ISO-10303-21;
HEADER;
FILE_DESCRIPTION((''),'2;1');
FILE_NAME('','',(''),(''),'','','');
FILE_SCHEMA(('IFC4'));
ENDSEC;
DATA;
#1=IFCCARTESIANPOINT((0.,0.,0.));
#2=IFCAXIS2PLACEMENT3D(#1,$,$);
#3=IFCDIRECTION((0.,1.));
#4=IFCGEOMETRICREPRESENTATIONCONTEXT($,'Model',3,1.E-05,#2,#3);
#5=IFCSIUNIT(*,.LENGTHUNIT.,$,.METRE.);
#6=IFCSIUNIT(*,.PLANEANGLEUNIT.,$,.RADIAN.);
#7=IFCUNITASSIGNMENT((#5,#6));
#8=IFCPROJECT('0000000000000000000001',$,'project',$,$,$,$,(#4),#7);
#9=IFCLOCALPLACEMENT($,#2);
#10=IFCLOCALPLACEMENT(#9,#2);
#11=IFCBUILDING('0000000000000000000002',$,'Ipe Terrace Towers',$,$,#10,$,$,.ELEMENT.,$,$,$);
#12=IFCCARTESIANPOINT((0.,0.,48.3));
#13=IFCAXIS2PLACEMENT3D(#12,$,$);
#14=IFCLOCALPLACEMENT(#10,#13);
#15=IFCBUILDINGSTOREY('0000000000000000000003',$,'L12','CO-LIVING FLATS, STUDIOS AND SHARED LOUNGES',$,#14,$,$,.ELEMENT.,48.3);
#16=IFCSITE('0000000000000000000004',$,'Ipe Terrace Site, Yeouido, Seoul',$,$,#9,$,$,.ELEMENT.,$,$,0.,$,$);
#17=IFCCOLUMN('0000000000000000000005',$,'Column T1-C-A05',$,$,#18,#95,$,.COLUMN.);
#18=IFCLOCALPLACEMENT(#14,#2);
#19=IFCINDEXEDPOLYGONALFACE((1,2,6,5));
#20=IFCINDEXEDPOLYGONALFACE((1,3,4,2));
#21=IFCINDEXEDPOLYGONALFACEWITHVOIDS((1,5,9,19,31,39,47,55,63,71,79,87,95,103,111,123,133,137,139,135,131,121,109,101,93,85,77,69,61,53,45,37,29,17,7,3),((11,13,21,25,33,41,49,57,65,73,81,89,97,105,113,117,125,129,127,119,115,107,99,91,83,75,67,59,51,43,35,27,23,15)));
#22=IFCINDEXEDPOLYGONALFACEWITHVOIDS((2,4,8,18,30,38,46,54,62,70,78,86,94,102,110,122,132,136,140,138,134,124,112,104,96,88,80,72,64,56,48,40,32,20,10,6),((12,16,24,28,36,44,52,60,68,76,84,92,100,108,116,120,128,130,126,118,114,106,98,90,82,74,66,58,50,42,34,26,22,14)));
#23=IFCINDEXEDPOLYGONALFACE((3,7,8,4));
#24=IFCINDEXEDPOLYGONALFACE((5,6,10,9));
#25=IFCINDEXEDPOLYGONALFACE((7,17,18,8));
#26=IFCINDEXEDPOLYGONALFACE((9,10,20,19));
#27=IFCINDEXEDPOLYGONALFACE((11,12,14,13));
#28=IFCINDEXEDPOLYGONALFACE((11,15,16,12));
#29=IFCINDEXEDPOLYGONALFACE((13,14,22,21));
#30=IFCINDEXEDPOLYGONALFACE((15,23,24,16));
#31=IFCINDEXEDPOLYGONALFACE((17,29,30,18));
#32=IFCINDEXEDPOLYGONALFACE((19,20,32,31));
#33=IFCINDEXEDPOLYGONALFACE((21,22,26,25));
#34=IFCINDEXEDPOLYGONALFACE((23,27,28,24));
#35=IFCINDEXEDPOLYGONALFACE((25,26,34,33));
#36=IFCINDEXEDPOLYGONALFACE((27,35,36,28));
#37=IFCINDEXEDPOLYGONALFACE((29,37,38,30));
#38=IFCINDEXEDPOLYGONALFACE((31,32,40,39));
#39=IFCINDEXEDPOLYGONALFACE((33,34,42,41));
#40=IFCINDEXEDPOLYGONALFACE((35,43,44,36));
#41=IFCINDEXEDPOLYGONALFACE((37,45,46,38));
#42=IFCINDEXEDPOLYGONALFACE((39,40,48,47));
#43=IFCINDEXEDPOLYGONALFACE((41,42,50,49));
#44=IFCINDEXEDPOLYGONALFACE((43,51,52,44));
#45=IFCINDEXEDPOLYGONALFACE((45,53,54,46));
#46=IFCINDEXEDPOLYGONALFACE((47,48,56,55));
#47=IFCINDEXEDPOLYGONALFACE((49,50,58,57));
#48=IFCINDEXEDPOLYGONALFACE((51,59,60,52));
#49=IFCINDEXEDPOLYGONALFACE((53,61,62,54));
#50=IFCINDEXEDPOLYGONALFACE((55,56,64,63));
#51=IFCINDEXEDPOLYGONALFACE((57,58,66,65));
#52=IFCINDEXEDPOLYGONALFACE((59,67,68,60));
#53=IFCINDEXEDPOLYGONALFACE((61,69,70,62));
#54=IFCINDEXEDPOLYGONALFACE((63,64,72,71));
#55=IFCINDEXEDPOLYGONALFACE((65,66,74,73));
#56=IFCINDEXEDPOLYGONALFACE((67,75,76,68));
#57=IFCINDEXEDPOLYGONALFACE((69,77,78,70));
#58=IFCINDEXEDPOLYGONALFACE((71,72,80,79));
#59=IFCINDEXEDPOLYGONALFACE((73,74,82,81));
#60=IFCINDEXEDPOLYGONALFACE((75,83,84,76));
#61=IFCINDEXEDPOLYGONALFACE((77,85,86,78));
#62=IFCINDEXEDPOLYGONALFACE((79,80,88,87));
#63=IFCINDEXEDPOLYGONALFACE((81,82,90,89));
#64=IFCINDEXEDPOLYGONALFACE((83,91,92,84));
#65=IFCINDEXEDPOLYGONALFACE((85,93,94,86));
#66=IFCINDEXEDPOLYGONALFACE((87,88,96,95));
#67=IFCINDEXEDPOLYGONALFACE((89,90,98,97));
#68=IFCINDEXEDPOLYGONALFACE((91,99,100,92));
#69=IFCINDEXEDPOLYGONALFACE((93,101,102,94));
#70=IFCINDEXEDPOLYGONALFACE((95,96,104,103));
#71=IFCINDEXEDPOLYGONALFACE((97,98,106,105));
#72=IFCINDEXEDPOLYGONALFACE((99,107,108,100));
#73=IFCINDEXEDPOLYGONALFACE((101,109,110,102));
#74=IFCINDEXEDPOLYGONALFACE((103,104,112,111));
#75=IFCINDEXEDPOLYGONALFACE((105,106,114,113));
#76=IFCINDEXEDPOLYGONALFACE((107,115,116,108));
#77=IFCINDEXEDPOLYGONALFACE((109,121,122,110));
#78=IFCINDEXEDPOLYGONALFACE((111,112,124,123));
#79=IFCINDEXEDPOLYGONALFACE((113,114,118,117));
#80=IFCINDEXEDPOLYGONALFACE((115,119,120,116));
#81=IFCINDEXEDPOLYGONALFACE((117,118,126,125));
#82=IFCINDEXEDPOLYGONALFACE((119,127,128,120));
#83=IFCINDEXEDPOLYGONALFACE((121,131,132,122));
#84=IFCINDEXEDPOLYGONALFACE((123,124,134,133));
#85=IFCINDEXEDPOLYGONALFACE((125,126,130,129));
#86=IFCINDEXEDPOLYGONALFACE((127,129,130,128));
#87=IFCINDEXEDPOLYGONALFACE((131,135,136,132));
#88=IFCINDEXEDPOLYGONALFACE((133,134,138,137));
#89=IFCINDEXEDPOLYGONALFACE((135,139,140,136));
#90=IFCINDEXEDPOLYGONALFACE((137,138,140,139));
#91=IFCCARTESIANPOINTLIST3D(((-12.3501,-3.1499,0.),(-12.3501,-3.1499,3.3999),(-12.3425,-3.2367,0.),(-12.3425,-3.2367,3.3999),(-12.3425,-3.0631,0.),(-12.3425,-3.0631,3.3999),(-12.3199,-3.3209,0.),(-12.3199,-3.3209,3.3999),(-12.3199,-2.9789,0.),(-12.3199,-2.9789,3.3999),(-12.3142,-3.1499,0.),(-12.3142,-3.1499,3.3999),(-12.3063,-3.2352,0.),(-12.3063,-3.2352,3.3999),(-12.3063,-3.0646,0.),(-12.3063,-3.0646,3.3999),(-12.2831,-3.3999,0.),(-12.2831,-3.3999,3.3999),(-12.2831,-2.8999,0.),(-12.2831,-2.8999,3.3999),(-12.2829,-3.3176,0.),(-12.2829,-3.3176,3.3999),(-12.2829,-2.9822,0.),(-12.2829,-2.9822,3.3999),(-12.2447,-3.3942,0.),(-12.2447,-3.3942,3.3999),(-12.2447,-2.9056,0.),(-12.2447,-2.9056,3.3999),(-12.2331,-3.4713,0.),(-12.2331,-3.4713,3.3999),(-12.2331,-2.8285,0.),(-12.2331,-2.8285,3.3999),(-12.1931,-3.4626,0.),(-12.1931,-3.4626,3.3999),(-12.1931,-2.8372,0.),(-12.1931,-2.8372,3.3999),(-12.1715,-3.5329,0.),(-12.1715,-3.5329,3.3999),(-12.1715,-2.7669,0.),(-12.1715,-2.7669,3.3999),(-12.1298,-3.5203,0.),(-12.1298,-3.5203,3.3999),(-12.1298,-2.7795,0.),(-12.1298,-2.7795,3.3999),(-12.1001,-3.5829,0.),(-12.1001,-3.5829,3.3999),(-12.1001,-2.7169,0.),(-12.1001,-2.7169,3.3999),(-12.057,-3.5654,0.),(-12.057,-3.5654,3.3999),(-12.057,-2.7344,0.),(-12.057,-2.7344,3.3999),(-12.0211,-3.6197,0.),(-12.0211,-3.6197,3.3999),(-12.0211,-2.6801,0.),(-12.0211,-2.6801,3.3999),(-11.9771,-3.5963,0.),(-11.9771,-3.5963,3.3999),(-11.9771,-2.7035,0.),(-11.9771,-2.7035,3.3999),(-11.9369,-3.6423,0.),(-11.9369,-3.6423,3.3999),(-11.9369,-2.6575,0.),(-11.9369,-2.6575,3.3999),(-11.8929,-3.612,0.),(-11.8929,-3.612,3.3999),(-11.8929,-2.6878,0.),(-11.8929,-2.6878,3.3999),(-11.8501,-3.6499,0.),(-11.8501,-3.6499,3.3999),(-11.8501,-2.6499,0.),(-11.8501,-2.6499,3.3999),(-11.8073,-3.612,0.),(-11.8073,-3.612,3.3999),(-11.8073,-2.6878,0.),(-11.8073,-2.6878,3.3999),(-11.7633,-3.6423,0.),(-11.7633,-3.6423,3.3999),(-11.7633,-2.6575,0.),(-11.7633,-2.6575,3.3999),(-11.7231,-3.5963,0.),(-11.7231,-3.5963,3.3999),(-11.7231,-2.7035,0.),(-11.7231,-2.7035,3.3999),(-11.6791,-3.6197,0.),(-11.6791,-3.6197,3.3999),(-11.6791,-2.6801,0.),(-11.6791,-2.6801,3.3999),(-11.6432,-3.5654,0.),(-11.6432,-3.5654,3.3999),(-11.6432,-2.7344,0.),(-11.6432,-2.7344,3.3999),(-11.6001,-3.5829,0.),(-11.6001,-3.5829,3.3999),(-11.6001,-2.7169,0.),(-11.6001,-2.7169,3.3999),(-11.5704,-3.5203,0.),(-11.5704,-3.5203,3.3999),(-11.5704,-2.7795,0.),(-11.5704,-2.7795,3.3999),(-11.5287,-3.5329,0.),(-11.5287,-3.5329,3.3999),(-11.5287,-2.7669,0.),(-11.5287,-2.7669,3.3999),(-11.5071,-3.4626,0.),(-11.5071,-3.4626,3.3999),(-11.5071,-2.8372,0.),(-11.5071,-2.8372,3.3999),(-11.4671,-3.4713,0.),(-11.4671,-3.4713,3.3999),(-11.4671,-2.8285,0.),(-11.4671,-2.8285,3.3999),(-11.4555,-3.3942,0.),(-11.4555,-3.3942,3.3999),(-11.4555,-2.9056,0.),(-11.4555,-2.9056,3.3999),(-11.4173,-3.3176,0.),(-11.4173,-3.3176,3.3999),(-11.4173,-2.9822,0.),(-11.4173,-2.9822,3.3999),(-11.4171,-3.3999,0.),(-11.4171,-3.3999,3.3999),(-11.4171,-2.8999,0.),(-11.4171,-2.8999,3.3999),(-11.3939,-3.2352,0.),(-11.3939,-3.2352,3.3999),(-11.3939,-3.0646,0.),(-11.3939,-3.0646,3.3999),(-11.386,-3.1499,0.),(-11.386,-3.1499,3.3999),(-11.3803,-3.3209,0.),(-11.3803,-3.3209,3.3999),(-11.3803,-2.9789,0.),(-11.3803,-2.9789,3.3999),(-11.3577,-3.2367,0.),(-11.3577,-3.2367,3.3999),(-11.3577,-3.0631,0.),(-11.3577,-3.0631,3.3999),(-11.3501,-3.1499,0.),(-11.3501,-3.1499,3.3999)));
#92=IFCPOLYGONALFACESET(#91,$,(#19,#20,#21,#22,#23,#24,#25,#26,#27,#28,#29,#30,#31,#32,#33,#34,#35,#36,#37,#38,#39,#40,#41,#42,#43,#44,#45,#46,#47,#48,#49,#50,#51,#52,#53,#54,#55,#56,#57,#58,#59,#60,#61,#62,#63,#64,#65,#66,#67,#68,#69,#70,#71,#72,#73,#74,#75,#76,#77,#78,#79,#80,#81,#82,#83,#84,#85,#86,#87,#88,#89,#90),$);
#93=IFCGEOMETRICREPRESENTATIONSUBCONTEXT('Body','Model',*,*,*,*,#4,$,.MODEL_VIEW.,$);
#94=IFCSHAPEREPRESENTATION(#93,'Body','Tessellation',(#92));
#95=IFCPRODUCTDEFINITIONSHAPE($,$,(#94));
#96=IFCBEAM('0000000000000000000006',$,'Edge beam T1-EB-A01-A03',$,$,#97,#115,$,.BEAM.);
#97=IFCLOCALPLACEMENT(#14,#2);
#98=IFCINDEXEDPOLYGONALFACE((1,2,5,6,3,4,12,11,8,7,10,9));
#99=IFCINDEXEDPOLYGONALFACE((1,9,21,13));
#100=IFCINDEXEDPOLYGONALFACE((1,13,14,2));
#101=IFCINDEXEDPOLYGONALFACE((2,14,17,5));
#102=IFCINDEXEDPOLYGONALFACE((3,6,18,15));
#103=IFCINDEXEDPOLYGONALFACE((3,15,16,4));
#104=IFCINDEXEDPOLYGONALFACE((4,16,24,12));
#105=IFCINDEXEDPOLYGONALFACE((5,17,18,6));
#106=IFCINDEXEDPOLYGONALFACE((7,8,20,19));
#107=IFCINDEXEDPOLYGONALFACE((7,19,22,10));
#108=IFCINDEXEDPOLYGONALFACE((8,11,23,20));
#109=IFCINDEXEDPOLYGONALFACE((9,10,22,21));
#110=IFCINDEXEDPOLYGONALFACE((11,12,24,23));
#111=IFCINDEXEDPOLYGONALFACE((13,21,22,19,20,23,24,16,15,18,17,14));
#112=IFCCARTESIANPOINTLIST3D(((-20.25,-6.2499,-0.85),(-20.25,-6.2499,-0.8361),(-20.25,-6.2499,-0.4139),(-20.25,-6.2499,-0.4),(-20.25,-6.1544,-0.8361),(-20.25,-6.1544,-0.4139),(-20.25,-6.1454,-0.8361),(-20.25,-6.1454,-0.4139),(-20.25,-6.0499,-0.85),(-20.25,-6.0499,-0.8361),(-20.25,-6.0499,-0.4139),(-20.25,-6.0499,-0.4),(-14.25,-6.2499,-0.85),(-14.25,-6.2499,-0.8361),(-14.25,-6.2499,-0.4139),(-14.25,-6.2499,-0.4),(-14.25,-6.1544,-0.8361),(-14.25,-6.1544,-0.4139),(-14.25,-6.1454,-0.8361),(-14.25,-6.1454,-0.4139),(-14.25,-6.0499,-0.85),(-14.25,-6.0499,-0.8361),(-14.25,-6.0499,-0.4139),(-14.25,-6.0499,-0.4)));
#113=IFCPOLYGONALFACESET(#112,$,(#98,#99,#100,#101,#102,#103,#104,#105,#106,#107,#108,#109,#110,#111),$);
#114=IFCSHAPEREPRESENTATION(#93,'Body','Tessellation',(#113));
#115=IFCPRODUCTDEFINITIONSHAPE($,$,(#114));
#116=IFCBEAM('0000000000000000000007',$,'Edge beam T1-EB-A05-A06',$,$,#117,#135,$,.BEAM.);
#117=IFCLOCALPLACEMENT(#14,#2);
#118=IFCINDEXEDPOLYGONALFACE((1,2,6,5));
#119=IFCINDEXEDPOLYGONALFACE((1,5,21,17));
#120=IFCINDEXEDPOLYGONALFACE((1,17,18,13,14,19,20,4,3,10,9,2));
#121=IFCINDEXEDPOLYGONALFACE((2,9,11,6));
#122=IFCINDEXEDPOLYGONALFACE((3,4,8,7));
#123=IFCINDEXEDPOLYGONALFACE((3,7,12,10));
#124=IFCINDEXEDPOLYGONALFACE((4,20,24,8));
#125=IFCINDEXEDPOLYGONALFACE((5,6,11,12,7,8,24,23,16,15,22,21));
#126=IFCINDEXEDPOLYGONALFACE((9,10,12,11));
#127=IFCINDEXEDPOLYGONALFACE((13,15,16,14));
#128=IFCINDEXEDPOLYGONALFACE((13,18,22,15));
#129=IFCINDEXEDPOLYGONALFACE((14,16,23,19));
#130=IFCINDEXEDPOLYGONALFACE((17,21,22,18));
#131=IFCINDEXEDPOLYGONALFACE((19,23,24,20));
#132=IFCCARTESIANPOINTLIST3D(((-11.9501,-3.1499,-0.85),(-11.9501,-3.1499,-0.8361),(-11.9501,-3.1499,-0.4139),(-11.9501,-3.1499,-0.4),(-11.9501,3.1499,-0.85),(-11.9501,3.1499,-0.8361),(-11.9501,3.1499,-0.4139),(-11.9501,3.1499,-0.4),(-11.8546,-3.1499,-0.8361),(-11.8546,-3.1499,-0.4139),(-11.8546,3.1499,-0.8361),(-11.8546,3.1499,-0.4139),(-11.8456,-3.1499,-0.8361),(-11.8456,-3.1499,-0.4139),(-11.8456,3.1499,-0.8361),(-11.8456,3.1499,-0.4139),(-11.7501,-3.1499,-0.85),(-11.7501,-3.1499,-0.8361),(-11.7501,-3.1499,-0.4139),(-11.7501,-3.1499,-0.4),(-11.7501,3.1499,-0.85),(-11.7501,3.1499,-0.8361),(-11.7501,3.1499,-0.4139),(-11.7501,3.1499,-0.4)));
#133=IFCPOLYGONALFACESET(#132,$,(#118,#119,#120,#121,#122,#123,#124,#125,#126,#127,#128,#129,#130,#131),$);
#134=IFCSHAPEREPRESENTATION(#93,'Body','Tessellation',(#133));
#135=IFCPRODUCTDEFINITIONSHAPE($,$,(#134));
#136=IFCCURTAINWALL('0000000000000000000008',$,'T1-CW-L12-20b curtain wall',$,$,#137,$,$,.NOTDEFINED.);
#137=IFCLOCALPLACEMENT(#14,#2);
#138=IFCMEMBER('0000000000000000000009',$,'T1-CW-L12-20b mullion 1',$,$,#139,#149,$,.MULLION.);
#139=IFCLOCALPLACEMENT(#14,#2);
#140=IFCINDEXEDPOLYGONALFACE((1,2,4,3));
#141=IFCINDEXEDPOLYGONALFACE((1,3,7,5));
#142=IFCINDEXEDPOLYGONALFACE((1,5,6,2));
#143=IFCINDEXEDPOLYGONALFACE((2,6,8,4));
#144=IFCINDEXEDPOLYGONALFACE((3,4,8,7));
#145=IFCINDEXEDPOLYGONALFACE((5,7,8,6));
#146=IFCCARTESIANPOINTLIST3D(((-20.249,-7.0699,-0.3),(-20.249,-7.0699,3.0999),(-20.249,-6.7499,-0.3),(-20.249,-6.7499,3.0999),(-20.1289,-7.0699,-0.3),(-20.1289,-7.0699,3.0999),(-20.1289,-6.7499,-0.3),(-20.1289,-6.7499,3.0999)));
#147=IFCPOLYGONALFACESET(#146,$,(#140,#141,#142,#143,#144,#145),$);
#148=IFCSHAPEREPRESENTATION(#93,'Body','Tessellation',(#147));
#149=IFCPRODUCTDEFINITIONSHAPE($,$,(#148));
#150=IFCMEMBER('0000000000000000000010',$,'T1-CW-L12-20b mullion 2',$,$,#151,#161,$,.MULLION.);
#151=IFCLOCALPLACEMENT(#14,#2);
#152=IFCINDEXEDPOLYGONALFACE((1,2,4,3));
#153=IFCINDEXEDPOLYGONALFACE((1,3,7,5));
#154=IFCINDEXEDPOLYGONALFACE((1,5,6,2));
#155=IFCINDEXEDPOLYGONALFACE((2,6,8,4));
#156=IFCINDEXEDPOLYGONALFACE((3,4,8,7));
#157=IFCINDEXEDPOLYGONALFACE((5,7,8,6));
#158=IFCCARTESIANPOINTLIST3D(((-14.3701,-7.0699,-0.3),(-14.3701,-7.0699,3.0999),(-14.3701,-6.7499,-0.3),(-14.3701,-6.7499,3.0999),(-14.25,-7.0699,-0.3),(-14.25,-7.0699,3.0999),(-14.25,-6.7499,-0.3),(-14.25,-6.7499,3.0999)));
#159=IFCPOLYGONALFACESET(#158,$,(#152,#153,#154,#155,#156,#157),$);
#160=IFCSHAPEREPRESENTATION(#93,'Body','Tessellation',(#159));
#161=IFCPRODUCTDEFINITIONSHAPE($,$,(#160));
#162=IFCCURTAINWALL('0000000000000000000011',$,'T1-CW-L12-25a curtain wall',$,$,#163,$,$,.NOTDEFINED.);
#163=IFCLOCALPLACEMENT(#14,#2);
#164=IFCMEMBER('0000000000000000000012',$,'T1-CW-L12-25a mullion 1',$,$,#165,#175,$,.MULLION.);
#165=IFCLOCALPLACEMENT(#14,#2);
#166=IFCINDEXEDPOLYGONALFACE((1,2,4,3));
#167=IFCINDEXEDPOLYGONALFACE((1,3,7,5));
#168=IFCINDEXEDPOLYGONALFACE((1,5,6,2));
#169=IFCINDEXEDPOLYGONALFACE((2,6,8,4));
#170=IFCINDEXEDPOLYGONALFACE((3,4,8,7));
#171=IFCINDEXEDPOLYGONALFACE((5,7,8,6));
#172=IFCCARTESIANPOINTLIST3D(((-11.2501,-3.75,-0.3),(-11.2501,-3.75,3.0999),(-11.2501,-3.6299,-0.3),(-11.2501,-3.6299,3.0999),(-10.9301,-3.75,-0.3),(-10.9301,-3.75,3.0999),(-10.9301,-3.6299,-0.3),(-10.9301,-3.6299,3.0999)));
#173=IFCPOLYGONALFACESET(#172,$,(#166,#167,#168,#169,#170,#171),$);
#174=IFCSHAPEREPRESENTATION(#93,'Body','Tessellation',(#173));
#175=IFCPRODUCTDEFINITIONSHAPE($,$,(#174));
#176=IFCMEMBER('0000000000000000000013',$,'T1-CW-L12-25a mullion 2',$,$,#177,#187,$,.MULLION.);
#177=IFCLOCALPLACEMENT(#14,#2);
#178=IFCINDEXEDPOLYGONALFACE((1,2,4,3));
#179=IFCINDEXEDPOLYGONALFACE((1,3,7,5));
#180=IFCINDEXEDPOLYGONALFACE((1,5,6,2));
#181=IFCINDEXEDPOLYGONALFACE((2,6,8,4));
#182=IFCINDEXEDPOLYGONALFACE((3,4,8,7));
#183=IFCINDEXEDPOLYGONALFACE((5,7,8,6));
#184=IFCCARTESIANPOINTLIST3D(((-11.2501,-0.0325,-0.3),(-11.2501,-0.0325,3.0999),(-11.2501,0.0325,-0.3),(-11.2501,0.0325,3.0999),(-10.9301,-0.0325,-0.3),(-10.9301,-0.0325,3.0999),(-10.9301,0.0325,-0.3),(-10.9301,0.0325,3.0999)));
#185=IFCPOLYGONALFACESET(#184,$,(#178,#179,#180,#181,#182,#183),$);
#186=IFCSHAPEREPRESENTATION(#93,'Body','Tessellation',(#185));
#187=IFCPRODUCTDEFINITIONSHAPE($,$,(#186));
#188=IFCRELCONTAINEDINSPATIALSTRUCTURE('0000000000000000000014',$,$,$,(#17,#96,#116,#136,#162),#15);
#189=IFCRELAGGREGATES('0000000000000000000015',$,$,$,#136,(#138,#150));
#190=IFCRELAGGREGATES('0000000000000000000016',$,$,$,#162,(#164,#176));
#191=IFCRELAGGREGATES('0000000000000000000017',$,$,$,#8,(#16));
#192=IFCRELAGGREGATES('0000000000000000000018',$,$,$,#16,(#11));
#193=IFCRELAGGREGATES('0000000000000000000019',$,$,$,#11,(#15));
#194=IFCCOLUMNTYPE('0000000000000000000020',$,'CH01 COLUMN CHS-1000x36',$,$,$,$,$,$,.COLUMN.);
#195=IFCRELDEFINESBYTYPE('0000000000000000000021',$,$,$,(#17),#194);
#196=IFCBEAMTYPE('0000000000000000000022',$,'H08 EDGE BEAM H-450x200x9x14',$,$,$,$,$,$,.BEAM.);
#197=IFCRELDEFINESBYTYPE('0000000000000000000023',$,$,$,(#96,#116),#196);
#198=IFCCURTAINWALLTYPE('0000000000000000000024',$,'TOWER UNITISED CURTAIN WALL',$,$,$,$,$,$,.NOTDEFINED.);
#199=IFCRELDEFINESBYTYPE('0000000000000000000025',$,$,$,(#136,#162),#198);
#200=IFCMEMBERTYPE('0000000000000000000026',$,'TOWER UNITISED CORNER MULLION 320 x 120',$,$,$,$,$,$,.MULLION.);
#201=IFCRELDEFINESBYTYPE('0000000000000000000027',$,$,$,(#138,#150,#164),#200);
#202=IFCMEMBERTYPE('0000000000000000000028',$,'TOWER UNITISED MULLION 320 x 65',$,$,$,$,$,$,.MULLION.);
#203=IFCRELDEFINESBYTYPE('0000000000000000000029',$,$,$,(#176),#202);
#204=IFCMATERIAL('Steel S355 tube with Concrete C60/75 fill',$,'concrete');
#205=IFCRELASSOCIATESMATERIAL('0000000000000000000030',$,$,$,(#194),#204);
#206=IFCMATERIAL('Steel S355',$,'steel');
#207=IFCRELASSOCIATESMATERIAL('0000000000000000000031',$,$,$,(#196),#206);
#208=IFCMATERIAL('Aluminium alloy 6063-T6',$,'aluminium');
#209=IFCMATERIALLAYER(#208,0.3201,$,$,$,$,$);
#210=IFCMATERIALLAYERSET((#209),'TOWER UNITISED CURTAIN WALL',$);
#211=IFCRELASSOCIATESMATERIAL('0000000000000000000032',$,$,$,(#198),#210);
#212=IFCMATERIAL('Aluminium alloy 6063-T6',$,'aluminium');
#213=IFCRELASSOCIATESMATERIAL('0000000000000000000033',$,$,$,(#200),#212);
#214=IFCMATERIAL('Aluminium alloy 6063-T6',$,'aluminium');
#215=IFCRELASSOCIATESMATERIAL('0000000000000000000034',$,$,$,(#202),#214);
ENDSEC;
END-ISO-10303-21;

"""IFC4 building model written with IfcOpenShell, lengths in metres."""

from ifc_helpers import new_model, si_unit, direction, frame, origin, origin_2d, place, context, subcontext, project, spatial, rectangle, hollow_circle, i_section, extrude, material, layer, layer_set, material_profile, profile_set, type_object, element, aggregate, save


model = new_model("IFC4")

# Units and contexts
model_context = context("Model", 3, precision=1e-05, world=origin(), true_north=direction((0.0, 1.0)))
body_context = subcontext(model_context, "Body", "Model", "MODEL_VIEW")
ifc_project = project(units=[si_unit("LENGTHUNIT", "METRE"), si_unit("PLANEANGLEUNIT", "RADIAN")], contexts=[model_context])

# Site, building, storey
site_placement = place(None, origin())
site = spatial("IfcSite", under=ifc_project, at=site_placement, Name="Ipe Terrace Site, Yeouido, Seoul", CompositionType="ELEMENT", RefElevation=0.0)
building_placement = place(site_placement, origin())
building = spatial("IfcBuilding", under=site, at=building_placement, Name="Ipe Terrace Towers", CompositionType="ELEMENT")
storey_placement = place(building_placement, frame((0.0, 0.0, 48.3)))
storey = spatial("IfcBuildingStorey", under=building, at=storey_placement, Name="L12", Description="CO-LIVING FLATS, STUDIOS AND SHARED LOUNGES", CompositionType="ELEMENT", Elevation=48.3)

# Column
ifc_material_1 = material(Name="Steel S355 tube with Concrete C60/75 fill", Category="concrete")
ifc_material_profile_1 = material_profile(ifc_material_1, hollow_circle(Radius=0.5, WallThickness=0.0359, at=origin_2d()), Name="CHS-1000x36")
ifc_profile_set_1 = profile_set([ifc_material_profile_1], Name="Steel S355 tube with Concrete C60/75 fill")
column_type = type_object("IfcColumnType", Name="CH01 COLUMN CHS-1000x36", PredefinedType="COLUMN", material=ifc_profile_set_1)
for number, where, z_axis, x_axis, name in (
    (1, (-11.8501, -3.1499, 0.0), (0.0, 0.0, 1.0), (1.0, 0.0, 0.0), "Column T1-C-A05"),
):
    element("IfcColumn", number, at=place(storey_placement, frame(where, z_axis=z_axis, x_axis=x_axis)), inside=storey, type_object=column_type, Name=name, PredefinedType="COLUMN", context=body_context, shape_type="SweptSolid", body=[
        extrude(hollow_circle(Radius=0.5, WallThickness=0.0359, at=origin_2d()), origin(), (0.0, 0.0, 1.0), 3.3999),
    ])

# Beams
ifc_material_2 = material(Name="Steel S355", Category="steel")
ifc_material_profile_2 = material_profile(ifc_material_2, i_section(OverallWidth=0.2, OverallDepth=0.45, WebThickness=0.009, FlangeThickness=0.0139, at=origin_2d()), Name="H-450x200x9x14")
ifc_profile_set_2 = profile_set([ifc_material_profile_2], Name="Steel S355")
beam_type = type_object("IfcBeamType", Name="H08 EDGE BEAM H-450x200x9x14", PredefinedType="BEAM", material=ifc_profile_set_2)
beam_1_placement = place(storey_placement, frame((-20.25, -6.1499, -0.625), z_axis=(1.0, 0.0, 0.0), x_axis=(0.0, 1.0, 0.0)))
element("IfcBeam", 2, at=beam_1_placement, inside=storey, type_object=beam_type, Name="Edge beam T1-EB-A01-A03", PredefinedType="BEAM", context=body_context, shape_type="SweptSolid", body=[
    extrude(i_section(OverallWidth=0.2, OverallDepth=0.45, WebThickness=0.009, FlangeThickness=0.0139, at=origin_2d()), origin(), (0.0, 0.0, 1.0), 6.0),
])
beam_2_placement = place(storey_placement, frame((-11.8501, -3.1499, -0.625), z_axis=(0.0, 1.0, 0.0), x_axis=(-1.0, 0.0, 0.0)))
element("IfcBeam", 3, at=beam_2_placement, inside=storey, type_object=beam_type, Name="Edge beam T1-EB-A05-A06", PredefinedType="BEAM", context=body_context, shape_type="SweptSolid", body=[
    extrude(i_section(OverallWidth=0.2, OverallDepth=0.45, WebThickness=0.009, FlangeThickness=0.0139, at=origin_2d()), origin(), (0.0, 0.0, 1.0), 6.2998),
])

# Curtain walls, members
ifc_material_3 = material(Name="Aluminium alloy 6063-T6", Category="aluminium")
ifc_layer_1 = layer(ifc_material_3, 0.3201)
ifc_layer_set_1 = layer_set([ifc_layer_1], Name="TOWER UNITISED CURTAIN WALL")
curtain_wall_type = type_object("IfcCurtainWallType", Name="TOWER UNITISED CURTAIN WALL", PredefinedType="NOTDEFINED", material=ifc_layer_set_1)
curtain_wall_1_placement = place(storey_placement, origin())
curtain_wall_1 = element("IfcCurtainWall", 4, at=curtain_wall_1_placement, inside=storey, type_object=curtain_wall_type, Name="T1-CW-L12-20b curtain wall", PredefinedType="NOTDEFINED")
ifc_material_4 = material(Name="Aluminium alloy 6063-T6", Category="aluminium")
ifc_material_profile_3 = material_profile(ifc_material_4, rectangle(XDim=0.3201, YDim=0.1201, at=origin_2d()), Name="TOWER UNITISED CORNER MULLION 320 x 120")
ifc_profile_set_3 = profile_set([ifc_material_profile_3], Name="Aluminium alloy 6063-T6")
member_type_1 = type_object("IfcMemberType", Name="TOWER UNITISED CORNER MULLION 320 x 120", PredefinedType="MULLION", material=ifc_profile_set_3)
member_1_placement = place(storey_placement, frame((-20.189, -6.9099, -0.3), z_axis=(0.0, 0.0, 1.0), x_axis=(0.0, -1.0, 0.0)))
member_1 = element("IfcMember", 5, at=member_1_placement, type_object=member_type_1, Name="T1-CW-L12-20b mullion 1", PredefinedType="MULLION", context=body_context, shape_type="SweptSolid", body=[
    extrude(rectangle(XDim=0.3201, YDim=0.1201, at=origin_2d()), origin(), (0.0, 0.0, 1.0), 3.3999),
])
member_2_placement = place(storey_placement, frame((-14.3101, -6.9099, -0.3), z_axis=(0.0, 0.0, 1.0), x_axis=(0.0, -1.0, 0.0)))
member_2 = element("IfcMember", 6, at=member_2_placement, type_object=member_type_1, Name="T1-CW-L12-20b mullion 2", PredefinedType="MULLION", context=body_context, shape_type="SweptSolid", body=[
    extrude(rectangle(XDim=0.3201, YDim=0.1201, at=origin_2d()), origin(), (0.0, 0.0, 1.0), 3.3999),
])
curtain_wall_2_placement = place(storey_placement, origin())
curtain_wall_2 = element("IfcCurtainWall", 7, at=curtain_wall_2_placement, inside=storey, type_object=curtain_wall_type, Name="T1-CW-L12-25a curtain wall", PredefinedType="NOTDEFINED")
member_3_placement = place(storey_placement, frame((-11.0901, -3.6899, -0.3), z_axis=(0.0, 0.0, 1.0), x_axis=(1.0, 0.0, 0.0)))
member_3 = element("IfcMember", 8, at=member_3_placement, type_object=member_type_1, Name="T1-CW-L12-25a mullion 1", PredefinedType="MULLION", context=body_context, shape_type="SweptSolid", body=[
    extrude(rectangle(XDim=0.3201, YDim=0.1201, at=origin_2d()), origin(), (0.0, 0.0, 1.0), 3.3999),
])
ifc_material_5 = material(Name="Aluminium alloy 6063-T6", Category="aluminium")
ifc_material_profile_4 = material_profile(ifc_material_5, rectangle(XDim=0.3201, YDim=0.0649, at=origin_2d()), Name="TOWER UNITISED MULLION 320 x 65")
ifc_profile_set_4 = profile_set([ifc_material_profile_4], Name="Aluminium alloy 6063-T6")
member_type_2 = type_object("IfcMemberType", Name="TOWER UNITISED MULLION 320 x 65", PredefinedType="MULLION", material=ifc_profile_set_4)
member_4_placement = place(storey_placement, frame((-11.0901, 0.0, -0.3), z_axis=(0.0, 0.0, 1.0), x_axis=(1.0, 0.0, 0.0)))
member_4 = element("IfcMember", 9, at=member_4_placement, type_object=member_type_2, Name="T1-CW-L12-25a mullion 2", PredefinedType="MULLION", context=body_context, shape_type="SweptSolid", body=[
    extrude(rectangle(XDim=0.3201, YDim=0.0649, at=origin_2d()), origin(), (0.0, 0.0, 1.0), 3.3999),
])

aggregate(curtain_wall_1, [member_1, member_2])
aggregate(curtain_wall_2, [member_3, member_4])

save(model, "model.ifc")
